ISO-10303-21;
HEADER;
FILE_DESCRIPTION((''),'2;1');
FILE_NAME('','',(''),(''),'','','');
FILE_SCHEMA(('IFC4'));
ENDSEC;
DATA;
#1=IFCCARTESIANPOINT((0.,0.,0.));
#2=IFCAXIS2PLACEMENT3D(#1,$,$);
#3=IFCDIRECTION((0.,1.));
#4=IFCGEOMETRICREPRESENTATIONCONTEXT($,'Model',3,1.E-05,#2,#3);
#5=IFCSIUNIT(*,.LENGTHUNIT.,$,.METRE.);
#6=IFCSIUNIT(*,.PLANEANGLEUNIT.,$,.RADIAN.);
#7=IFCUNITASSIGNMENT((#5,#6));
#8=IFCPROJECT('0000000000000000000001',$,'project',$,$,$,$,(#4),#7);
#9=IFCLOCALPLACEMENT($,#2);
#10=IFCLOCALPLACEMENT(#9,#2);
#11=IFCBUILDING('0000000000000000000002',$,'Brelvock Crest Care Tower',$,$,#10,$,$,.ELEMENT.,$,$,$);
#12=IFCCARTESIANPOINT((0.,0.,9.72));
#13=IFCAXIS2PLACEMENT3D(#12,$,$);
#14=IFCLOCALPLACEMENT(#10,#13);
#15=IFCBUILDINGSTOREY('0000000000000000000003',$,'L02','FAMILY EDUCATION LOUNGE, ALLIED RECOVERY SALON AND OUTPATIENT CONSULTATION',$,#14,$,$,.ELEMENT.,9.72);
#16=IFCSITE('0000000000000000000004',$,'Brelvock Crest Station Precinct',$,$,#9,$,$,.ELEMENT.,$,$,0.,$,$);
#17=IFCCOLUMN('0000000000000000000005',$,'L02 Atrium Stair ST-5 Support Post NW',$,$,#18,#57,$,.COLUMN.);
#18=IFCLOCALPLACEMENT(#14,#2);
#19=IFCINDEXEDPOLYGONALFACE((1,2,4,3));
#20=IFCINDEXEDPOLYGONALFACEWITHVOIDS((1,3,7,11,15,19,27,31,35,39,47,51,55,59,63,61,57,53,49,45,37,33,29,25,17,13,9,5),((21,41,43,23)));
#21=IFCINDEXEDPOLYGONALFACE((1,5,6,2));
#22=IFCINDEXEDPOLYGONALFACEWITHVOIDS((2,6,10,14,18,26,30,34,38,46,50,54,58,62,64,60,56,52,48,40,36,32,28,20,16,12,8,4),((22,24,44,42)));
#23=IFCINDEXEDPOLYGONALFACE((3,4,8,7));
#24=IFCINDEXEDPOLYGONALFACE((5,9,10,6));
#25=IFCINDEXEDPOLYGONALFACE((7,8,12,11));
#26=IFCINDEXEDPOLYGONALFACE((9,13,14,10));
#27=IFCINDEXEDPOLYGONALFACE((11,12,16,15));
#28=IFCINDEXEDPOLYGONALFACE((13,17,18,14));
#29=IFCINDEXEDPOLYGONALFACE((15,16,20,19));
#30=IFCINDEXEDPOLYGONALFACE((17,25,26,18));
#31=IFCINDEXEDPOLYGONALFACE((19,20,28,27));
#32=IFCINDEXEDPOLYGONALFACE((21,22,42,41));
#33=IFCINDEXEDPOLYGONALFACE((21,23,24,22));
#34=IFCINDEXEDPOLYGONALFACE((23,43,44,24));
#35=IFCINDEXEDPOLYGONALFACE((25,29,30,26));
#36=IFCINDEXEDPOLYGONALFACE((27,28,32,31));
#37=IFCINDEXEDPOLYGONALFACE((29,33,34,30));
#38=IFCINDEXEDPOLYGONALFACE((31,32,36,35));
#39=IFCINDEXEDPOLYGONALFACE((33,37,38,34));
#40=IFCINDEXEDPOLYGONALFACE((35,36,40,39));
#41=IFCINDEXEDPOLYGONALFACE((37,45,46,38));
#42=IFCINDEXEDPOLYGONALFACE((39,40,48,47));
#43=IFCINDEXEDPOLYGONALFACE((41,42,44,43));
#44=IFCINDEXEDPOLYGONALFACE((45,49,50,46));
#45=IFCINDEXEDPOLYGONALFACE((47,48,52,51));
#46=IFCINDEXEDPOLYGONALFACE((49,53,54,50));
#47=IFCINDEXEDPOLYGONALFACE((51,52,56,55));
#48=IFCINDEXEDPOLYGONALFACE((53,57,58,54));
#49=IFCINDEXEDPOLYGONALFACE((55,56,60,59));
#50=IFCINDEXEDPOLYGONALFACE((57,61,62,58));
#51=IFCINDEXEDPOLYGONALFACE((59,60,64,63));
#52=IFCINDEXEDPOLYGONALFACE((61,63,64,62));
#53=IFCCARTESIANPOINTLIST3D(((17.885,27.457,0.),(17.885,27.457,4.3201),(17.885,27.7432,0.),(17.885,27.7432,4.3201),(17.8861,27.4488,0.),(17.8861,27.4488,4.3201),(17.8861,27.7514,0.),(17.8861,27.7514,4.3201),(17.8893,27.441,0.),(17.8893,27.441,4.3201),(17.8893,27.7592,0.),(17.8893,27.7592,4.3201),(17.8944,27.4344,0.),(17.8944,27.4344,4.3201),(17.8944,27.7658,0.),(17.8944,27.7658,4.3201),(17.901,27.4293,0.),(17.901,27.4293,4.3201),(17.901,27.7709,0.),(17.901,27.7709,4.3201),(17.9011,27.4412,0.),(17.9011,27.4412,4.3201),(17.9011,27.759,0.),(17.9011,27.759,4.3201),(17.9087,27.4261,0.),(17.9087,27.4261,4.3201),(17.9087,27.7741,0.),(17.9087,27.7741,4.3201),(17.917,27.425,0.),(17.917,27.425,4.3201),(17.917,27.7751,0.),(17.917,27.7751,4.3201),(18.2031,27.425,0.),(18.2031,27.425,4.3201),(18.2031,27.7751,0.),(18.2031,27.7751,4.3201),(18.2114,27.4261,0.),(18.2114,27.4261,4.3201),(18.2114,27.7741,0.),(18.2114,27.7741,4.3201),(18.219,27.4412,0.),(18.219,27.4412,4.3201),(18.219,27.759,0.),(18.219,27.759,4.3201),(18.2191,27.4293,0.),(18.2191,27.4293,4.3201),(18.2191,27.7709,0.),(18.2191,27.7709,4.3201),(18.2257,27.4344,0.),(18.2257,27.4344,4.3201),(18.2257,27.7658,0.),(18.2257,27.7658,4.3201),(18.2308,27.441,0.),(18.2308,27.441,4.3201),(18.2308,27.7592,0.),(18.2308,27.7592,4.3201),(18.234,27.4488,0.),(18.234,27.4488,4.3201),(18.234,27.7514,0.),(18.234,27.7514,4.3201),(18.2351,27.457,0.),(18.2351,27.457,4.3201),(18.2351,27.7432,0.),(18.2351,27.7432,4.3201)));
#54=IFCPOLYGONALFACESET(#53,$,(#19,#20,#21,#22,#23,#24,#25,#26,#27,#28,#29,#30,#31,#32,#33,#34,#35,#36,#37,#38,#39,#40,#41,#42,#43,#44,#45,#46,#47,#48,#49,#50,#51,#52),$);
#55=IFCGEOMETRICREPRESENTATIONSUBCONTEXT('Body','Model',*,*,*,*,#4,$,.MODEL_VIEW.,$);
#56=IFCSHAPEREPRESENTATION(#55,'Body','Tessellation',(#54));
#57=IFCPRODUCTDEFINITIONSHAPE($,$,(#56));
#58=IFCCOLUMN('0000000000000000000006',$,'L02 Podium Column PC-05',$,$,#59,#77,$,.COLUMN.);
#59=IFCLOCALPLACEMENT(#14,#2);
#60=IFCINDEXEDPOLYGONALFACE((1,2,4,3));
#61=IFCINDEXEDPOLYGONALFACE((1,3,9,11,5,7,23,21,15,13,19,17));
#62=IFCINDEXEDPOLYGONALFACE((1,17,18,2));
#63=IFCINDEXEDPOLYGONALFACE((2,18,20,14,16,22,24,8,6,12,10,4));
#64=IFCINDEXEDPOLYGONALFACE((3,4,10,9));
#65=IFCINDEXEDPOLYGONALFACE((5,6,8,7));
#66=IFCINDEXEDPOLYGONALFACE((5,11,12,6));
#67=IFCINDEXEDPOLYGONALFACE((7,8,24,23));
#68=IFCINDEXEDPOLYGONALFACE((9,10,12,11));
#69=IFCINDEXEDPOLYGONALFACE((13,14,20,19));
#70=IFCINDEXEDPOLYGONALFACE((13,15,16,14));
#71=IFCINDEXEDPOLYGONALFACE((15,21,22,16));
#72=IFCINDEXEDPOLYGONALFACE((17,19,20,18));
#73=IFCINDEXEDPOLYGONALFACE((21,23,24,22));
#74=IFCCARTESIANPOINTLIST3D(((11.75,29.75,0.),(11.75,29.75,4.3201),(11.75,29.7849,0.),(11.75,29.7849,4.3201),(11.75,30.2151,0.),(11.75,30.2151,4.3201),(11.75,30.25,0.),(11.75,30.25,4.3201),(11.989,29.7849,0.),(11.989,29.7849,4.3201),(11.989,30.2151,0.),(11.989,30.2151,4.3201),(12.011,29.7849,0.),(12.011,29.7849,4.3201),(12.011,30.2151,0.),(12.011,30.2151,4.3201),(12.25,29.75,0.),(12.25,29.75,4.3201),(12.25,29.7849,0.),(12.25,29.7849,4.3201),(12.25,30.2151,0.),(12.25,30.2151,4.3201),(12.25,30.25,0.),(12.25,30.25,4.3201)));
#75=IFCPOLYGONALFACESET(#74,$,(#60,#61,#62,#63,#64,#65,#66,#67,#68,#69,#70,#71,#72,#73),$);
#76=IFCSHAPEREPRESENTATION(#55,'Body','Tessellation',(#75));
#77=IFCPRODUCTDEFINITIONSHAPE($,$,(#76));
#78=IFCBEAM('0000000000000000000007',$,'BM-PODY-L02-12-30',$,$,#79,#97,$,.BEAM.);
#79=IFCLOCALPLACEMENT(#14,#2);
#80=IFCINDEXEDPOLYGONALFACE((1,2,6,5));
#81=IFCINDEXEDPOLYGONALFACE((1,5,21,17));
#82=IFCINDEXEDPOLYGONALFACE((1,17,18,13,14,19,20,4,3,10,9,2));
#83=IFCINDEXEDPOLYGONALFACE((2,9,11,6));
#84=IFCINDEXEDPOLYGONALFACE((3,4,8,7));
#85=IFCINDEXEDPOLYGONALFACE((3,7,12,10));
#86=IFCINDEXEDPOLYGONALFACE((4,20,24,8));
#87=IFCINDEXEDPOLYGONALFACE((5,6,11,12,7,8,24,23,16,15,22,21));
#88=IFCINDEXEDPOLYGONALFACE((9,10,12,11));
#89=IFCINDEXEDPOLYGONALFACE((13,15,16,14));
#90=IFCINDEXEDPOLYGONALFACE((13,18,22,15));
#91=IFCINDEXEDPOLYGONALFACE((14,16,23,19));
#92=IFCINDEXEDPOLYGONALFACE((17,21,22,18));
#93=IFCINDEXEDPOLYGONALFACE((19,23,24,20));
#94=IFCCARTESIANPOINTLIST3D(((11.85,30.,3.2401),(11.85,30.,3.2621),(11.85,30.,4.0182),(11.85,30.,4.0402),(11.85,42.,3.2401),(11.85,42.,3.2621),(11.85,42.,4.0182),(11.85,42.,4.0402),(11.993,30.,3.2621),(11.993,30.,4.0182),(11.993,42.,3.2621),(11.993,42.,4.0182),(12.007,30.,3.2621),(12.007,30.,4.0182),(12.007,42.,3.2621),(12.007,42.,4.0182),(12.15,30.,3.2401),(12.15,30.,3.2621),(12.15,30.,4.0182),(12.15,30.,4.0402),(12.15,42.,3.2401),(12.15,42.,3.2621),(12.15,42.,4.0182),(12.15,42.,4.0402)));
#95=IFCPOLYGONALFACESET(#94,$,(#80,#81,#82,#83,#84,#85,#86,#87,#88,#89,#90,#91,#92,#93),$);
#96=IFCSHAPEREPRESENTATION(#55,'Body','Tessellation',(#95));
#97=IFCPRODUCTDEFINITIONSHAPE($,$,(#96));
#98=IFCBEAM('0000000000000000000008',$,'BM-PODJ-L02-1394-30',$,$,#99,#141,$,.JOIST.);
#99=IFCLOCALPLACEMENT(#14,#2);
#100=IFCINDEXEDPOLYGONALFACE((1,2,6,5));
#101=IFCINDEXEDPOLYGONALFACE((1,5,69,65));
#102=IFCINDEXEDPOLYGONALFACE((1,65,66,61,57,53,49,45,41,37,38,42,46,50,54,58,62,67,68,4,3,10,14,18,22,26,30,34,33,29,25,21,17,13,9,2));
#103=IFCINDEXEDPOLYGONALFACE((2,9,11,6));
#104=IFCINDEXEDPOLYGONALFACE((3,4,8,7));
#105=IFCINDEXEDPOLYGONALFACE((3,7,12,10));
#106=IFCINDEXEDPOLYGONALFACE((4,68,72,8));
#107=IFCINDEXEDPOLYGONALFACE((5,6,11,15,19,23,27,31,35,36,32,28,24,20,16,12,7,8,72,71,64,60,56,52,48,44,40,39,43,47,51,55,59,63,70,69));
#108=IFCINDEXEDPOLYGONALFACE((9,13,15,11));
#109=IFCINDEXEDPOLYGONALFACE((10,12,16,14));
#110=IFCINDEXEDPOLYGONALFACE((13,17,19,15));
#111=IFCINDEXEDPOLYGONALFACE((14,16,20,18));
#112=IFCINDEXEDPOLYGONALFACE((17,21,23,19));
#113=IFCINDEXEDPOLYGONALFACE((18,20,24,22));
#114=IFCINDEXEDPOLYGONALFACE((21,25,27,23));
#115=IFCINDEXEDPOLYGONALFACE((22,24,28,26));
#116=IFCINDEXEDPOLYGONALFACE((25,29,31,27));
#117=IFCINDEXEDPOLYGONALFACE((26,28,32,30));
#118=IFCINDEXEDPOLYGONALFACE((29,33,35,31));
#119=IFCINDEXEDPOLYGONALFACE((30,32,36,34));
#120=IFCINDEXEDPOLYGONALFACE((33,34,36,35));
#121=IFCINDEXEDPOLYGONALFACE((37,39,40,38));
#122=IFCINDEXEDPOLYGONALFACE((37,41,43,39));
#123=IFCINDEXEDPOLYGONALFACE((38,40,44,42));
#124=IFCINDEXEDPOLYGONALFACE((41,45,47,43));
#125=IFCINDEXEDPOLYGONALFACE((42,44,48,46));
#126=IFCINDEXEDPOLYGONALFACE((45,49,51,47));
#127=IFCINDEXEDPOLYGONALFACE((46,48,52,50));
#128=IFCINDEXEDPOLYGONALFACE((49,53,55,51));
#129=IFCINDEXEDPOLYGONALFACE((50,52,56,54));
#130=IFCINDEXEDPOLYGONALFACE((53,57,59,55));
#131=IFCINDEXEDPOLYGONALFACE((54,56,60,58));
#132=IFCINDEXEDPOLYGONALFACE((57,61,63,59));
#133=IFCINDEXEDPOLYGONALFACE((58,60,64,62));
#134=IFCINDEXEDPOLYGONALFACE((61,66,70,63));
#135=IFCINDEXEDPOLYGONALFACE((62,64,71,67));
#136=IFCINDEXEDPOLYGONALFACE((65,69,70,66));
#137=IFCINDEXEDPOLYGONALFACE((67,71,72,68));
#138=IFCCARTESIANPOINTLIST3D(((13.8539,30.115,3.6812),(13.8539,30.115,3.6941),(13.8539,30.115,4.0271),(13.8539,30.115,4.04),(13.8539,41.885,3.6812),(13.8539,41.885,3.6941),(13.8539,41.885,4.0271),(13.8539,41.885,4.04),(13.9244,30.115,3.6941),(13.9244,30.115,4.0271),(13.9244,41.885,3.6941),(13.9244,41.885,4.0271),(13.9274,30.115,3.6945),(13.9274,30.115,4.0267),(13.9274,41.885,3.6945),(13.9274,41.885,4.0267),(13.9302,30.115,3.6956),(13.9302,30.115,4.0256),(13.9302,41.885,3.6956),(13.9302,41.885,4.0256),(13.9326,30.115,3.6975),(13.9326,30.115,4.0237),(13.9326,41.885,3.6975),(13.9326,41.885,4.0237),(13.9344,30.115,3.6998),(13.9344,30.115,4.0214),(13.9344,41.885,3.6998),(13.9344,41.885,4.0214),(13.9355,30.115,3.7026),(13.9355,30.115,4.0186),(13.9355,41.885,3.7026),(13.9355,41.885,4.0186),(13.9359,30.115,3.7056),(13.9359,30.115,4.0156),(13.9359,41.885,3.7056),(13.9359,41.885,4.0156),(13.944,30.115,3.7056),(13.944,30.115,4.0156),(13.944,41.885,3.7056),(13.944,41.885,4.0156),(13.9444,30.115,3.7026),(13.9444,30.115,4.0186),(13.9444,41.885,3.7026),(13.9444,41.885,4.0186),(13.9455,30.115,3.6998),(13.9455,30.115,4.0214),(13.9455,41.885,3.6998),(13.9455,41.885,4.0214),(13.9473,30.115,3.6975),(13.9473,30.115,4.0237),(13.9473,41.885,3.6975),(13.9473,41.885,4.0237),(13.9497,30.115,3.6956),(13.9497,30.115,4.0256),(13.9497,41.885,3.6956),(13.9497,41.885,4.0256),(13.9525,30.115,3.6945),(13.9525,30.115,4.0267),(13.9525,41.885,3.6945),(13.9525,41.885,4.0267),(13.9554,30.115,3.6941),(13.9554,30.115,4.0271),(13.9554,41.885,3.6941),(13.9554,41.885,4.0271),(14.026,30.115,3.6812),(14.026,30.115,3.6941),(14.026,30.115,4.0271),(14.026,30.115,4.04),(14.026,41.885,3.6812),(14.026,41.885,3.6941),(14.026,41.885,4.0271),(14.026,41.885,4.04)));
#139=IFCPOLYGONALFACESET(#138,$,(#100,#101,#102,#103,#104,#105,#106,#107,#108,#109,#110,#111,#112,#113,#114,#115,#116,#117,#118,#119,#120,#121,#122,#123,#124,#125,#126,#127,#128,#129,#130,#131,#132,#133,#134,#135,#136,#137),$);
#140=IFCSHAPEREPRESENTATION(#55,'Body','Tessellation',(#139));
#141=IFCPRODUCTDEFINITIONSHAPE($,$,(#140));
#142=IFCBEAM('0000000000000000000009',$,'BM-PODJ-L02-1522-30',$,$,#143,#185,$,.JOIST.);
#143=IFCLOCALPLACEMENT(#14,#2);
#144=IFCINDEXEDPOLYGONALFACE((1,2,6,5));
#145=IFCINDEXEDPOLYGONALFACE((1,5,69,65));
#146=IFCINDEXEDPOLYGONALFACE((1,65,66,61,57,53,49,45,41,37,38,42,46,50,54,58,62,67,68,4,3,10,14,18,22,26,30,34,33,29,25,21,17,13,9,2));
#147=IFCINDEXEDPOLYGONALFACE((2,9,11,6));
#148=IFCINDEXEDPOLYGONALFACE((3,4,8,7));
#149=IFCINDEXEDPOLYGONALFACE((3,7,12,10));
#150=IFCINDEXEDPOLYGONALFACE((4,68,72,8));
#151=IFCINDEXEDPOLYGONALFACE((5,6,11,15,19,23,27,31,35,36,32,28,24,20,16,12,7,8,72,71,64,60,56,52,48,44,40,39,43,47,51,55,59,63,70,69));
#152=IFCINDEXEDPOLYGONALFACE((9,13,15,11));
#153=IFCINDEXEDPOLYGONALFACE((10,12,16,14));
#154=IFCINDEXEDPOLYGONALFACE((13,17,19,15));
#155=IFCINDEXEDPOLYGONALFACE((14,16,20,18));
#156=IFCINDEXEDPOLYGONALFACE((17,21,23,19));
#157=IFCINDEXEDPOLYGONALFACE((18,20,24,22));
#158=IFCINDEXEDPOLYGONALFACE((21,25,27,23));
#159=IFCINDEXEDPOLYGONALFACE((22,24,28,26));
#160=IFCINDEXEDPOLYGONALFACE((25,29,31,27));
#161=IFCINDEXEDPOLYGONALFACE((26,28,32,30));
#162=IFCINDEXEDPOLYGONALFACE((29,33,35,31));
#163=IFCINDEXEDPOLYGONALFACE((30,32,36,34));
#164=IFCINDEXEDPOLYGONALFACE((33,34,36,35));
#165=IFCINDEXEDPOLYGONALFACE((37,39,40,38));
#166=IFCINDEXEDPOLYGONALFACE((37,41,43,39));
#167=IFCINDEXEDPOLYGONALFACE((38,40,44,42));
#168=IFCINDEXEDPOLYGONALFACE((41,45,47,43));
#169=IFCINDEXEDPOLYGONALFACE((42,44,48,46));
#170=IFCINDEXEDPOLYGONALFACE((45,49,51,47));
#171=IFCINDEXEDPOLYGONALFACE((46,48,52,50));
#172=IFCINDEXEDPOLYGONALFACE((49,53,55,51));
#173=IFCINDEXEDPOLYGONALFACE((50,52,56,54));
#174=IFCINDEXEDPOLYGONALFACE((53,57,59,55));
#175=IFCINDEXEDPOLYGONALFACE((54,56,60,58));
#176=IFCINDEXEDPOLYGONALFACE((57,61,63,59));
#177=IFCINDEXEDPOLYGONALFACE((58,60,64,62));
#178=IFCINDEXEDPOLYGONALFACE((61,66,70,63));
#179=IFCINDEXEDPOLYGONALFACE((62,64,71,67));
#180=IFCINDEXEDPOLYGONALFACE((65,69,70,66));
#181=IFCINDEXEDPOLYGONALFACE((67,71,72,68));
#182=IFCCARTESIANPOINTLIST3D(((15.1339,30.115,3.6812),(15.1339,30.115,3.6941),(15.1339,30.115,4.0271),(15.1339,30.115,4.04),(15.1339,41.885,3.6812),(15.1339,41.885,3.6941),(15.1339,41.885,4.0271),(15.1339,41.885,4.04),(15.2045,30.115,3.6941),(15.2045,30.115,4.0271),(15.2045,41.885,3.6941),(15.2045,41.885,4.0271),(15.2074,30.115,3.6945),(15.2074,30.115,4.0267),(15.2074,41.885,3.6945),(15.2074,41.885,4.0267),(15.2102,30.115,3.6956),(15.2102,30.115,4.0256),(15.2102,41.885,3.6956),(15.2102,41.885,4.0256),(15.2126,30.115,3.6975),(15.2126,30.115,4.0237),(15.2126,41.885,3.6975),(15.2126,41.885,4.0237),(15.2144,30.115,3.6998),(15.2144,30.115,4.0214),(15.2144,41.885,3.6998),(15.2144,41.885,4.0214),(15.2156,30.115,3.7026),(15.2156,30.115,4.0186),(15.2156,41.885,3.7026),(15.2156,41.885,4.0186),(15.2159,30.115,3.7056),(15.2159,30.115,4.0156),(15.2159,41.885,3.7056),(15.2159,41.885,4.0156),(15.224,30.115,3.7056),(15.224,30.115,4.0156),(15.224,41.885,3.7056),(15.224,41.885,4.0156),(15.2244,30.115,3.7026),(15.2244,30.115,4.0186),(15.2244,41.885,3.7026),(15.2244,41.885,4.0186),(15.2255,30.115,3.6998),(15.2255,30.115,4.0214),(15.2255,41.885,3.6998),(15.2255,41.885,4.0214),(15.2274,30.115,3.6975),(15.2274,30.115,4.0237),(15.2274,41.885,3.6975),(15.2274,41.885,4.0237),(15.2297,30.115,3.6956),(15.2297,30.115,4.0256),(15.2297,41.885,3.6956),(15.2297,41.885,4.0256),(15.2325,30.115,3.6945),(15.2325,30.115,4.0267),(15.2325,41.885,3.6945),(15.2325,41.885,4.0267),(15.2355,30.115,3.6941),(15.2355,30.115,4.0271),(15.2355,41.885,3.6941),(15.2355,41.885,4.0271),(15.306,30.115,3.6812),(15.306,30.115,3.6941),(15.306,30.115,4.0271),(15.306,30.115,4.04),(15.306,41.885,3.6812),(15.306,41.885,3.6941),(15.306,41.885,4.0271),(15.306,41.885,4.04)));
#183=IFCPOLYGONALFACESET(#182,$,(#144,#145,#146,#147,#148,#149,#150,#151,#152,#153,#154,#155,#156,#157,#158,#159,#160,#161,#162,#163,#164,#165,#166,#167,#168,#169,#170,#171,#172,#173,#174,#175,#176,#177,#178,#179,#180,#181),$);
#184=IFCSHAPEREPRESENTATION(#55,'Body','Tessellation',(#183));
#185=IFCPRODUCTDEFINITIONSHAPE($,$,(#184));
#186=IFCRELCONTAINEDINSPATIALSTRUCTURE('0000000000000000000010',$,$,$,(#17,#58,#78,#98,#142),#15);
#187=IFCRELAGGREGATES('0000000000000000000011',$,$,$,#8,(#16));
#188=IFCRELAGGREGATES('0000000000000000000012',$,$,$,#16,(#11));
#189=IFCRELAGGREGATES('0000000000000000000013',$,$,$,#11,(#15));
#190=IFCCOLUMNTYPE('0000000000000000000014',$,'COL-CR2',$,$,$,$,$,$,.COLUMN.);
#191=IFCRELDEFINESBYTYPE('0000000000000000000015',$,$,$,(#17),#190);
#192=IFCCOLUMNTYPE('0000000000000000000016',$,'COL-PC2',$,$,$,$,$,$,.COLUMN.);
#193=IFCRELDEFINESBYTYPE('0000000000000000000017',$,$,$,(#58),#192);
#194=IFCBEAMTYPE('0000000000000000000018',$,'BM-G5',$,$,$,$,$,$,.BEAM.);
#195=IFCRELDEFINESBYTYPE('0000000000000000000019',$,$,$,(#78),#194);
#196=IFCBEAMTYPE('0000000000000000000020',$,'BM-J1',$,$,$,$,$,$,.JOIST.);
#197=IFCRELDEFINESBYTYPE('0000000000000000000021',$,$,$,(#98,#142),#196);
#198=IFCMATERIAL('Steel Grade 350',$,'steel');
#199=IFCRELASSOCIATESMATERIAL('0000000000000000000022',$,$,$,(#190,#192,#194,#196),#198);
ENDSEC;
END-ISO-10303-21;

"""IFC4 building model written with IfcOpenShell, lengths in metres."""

from ifc_helpers import new_model, si_unit, direction, frame, origin, origin_2d, place, context, subcontext, project, spatial, hollow_rectangle, i_section, extrude, source, transform, mapped, material, material_profile, profile_set, type_object, element, save


model = new_model("IFC4")

# Units and contexts
model_context = context("Model", 3, precision=1e-05, world=origin(), true_north=direction((0.0, 1.0)))
body_context = subcontext(model_context, "Body", "Model", "MODEL_VIEW")
ifc_project = project(units=[si_unit("LENGTHUNIT", "METRE"), si_unit("PLANEANGLEUNIT", "RADIAN")], contexts=[model_context])

# Site, building, storey
site_placement = place(None, origin())
site = spatial("IfcSite", under=ifc_project, at=site_placement, Name="Brelvock Crest Station Precinct", CompositionType="ELEMENT", RefElevation=0.0)
building_placement = place(site_placement, origin())
building = spatial("IfcBuilding", under=site, at=building_placement, Name="Brelvock Crest Care Tower", CompositionType="ELEMENT")
storey_placement = place(building_placement, frame((0.0, 0.0, 9.72)))
storey = spatial("IfcBuildingStorey", under=building, at=storey_placement, Name="L02", Description="FAMILY EDUCATION LOUNGE, ALLIED RECOVERY SALON AND OUTPATIENT CONSULTATION", CompositionType="ELEMENT", Elevation=9.72)

# Columns
ifc_material_1 = material(Name="Steel Grade 350", Category="steel")
ifc_material_profile_1 = material_profile(ifc_material_1, hollow_rectangle(XDim=0.3501, YDim=0.3501, WallThickness=0.0161, OuterFilletRadius=0.032, at=origin_2d()), Name="SHS350x350x16.0")
ifc_profile_set_1 = profile_set([ifc_material_profile_1], Name="Steel Grade 350")
column_type_1 = type_object("IfcColumnType", Name="COL-CR2", PredefinedType="COLUMN", material=ifc_profile_set_1)
shared_shape_1 = source(origin(), body_context, "Body", "SweptSolid", [
    extrude(hollow_rectangle(XDim=0.3501, YDim=0.3501, WallThickness=0.0161, OuterFilletRadius=0.032, at=origin_2d()), origin(), (0.0, 0.0, 1.0), 4.3201),
])
column_1_placement = place(storey_placement, frame((18.0601, 27.6001, 0.0), z_axis=(0.0, 0.0, 1.0), x_axis=(1.0, 0.0, 0.0)))
element("IfcColumn", 1, at=column_1_placement, inside=storey, type_object=column_type_1, Name="L02 Atrium Stair ST-5 Support Post NW", PredefinedType="COLUMN", context=body_context, shape_type="MappedRepresentation", body=[
    mapped(shared_shape_1, transform((0.0, 0.0, 0.0), x_axis=(1.0, 0.0, 0.0), y_axis=(0.0, 1.0, 0.0), z_axis=(0.0, 0.0, 1.0), scale=1.0)),
])
ifc_material_profile_2 = material_profile(ifc_material_1, i_section(OverallWidth=0.5, OverallDepth=0.5, WebThickness=0.022, FlangeThickness=0.0349, at=origin_2d()), Name="500WC340")
ifc_profile_set_2 = profile_set([ifc_material_profile_2], Name="Steel Grade 350")
column_type_2 = type_object("IfcColumnType", Name="COL-PC2", PredefinedType="COLUMN", material=ifc_profile_set_2)
shared_shape_2 = source(origin(), body_context, "Body", "SweptSolid", [
    extrude(i_section(OverallWidth=0.5, OverallDepth=0.5, WebThickness=0.022, FlangeThickness=0.0349, at=origin_2d()), origin(), (0.0, 0.0, 1.0), 4.3201),
])
column_2_placement = place(storey_placement, frame((12.0, 30.0, 0.0), z_axis=(0.0, 0.0, 1.0), x_axis=(1.0, 0.0, 0.0)))
element("IfcColumn", 2, at=column_2_placement, inside=storey, type_object=column_type_2, Name="L02 Podium Column PC-05", PredefinedType="COLUMN", context=body_context, shape_type="MappedRepresentation", body=[
    mapped(shared_shape_2, transform((0.0, 0.0, 0.0), x_axis=(1.0, 0.0, 0.0), y_axis=(0.0, 1.0, 0.0), z_axis=(0.0, 0.0, 1.0), scale=1.0)),
])

# Beams
ifc_material_profile_3 = material_profile(ifc_material_1, i_section(OverallWidth=0.3, OverallDepth=0.8, WebThickness=0.0139, FlangeThickness=0.022, at=origin_2d()), Name="800WB192")
ifc_profile_set_3 = profile_set([ifc_material_profile_3], Name="Steel Grade 350")
beam_type_1 = type_object("IfcBeamType", Name="BM-G5", PredefinedType="BEAM", material=ifc_profile_set_3)
shared_shape_3 = source(origin(), body_context, "Body", "SweptSolid", [
    extrude(i_section(OverallWidth=0.3, OverallDepth=0.8, WebThickness=0.0139, FlangeThickness=0.022, at=origin_2d()), origin(), (0.0, 0.0, 1.0), 12.0),
])
beam_1_placement = place(storey_placement, frame((12.0, 30.0, 3.6401), z_axis=(0.0, 1.0, 0.0), x_axis=(-1.0, 0.0, 0.0)))
element("IfcBeam", 3, at=beam_1_placement, inside=storey, type_object=beam_type_1, Name="BM-PODY-L02-12-30", PredefinedType="BEAM", context=body_context, shape_type="MappedRepresentation", body=[
    mapped(shared_shape_3, transform((0.0, 0.0, 0.0), x_axis=(1.0, 0.0, 0.0), y_axis=(0.0, 1.0, 0.0), z_axis=(0.0, 0.0, 1.0), scale=1.0)),
])
ifc_material_profile_4 = material_profile(ifc_material_1, i_section(OverallWidth=0.1721, OverallDepth=0.3589, WebThickness=0.0081, FlangeThickness=0.0129, FilletRadius=0.0115, at=origin_2d()), Name="360UB56.7")
ifc_profile_set_4 = profile_set([ifc_material_profile_4], Name="Steel Grade 350")
beam_type_2 = type_object("IfcBeamType", Name="BM-J1", PredefinedType="JOIST", material=ifc_profile_set_4)
shared_shape_4 = source(origin(), body_context, "Body", "SweptSolid", [
    extrude(i_section(OverallWidth=0.1721, OverallDepth=0.3589, WebThickness=0.0081, FlangeThickness=0.0129, FilletRadius=0.0115, at=origin_2d()), origin(), (0.0, 0.0, 1.0), 11.77),
])
for number, where, z_axis, x_axis, name in (
    (4, (13.9399, 30.115, 3.8606), (0.0, 1.0, 0.0), (-1.0, 0.0, 0.0), "BM-PODJ-L02-1394-30"),
    (5, (15.22, 30.115, 3.8606), (0.0, 1.0, 0.0), (-1.0, 0.0, 0.0), "BM-PODJ-L02-1522-30"),
):
    element("IfcBeam", number, at=place(storey_placement, frame(where, z_axis=z_axis, x_axis=x_axis)), inside=storey, type_object=beam_type_2, Name=name, PredefinedType="JOIST", context=body_context, shape_type="MappedRepresentation", body=[
        mapped(shared_shape_4, transform((0.0, 0.0, 0.0), x_axis=(1.0, 0.0, 0.0), y_axis=(0.0, 1.0, 0.0), z_axis=(0.0, 0.0, 1.0), scale=1.0)),
    ])

save(model, "model.ifc")
